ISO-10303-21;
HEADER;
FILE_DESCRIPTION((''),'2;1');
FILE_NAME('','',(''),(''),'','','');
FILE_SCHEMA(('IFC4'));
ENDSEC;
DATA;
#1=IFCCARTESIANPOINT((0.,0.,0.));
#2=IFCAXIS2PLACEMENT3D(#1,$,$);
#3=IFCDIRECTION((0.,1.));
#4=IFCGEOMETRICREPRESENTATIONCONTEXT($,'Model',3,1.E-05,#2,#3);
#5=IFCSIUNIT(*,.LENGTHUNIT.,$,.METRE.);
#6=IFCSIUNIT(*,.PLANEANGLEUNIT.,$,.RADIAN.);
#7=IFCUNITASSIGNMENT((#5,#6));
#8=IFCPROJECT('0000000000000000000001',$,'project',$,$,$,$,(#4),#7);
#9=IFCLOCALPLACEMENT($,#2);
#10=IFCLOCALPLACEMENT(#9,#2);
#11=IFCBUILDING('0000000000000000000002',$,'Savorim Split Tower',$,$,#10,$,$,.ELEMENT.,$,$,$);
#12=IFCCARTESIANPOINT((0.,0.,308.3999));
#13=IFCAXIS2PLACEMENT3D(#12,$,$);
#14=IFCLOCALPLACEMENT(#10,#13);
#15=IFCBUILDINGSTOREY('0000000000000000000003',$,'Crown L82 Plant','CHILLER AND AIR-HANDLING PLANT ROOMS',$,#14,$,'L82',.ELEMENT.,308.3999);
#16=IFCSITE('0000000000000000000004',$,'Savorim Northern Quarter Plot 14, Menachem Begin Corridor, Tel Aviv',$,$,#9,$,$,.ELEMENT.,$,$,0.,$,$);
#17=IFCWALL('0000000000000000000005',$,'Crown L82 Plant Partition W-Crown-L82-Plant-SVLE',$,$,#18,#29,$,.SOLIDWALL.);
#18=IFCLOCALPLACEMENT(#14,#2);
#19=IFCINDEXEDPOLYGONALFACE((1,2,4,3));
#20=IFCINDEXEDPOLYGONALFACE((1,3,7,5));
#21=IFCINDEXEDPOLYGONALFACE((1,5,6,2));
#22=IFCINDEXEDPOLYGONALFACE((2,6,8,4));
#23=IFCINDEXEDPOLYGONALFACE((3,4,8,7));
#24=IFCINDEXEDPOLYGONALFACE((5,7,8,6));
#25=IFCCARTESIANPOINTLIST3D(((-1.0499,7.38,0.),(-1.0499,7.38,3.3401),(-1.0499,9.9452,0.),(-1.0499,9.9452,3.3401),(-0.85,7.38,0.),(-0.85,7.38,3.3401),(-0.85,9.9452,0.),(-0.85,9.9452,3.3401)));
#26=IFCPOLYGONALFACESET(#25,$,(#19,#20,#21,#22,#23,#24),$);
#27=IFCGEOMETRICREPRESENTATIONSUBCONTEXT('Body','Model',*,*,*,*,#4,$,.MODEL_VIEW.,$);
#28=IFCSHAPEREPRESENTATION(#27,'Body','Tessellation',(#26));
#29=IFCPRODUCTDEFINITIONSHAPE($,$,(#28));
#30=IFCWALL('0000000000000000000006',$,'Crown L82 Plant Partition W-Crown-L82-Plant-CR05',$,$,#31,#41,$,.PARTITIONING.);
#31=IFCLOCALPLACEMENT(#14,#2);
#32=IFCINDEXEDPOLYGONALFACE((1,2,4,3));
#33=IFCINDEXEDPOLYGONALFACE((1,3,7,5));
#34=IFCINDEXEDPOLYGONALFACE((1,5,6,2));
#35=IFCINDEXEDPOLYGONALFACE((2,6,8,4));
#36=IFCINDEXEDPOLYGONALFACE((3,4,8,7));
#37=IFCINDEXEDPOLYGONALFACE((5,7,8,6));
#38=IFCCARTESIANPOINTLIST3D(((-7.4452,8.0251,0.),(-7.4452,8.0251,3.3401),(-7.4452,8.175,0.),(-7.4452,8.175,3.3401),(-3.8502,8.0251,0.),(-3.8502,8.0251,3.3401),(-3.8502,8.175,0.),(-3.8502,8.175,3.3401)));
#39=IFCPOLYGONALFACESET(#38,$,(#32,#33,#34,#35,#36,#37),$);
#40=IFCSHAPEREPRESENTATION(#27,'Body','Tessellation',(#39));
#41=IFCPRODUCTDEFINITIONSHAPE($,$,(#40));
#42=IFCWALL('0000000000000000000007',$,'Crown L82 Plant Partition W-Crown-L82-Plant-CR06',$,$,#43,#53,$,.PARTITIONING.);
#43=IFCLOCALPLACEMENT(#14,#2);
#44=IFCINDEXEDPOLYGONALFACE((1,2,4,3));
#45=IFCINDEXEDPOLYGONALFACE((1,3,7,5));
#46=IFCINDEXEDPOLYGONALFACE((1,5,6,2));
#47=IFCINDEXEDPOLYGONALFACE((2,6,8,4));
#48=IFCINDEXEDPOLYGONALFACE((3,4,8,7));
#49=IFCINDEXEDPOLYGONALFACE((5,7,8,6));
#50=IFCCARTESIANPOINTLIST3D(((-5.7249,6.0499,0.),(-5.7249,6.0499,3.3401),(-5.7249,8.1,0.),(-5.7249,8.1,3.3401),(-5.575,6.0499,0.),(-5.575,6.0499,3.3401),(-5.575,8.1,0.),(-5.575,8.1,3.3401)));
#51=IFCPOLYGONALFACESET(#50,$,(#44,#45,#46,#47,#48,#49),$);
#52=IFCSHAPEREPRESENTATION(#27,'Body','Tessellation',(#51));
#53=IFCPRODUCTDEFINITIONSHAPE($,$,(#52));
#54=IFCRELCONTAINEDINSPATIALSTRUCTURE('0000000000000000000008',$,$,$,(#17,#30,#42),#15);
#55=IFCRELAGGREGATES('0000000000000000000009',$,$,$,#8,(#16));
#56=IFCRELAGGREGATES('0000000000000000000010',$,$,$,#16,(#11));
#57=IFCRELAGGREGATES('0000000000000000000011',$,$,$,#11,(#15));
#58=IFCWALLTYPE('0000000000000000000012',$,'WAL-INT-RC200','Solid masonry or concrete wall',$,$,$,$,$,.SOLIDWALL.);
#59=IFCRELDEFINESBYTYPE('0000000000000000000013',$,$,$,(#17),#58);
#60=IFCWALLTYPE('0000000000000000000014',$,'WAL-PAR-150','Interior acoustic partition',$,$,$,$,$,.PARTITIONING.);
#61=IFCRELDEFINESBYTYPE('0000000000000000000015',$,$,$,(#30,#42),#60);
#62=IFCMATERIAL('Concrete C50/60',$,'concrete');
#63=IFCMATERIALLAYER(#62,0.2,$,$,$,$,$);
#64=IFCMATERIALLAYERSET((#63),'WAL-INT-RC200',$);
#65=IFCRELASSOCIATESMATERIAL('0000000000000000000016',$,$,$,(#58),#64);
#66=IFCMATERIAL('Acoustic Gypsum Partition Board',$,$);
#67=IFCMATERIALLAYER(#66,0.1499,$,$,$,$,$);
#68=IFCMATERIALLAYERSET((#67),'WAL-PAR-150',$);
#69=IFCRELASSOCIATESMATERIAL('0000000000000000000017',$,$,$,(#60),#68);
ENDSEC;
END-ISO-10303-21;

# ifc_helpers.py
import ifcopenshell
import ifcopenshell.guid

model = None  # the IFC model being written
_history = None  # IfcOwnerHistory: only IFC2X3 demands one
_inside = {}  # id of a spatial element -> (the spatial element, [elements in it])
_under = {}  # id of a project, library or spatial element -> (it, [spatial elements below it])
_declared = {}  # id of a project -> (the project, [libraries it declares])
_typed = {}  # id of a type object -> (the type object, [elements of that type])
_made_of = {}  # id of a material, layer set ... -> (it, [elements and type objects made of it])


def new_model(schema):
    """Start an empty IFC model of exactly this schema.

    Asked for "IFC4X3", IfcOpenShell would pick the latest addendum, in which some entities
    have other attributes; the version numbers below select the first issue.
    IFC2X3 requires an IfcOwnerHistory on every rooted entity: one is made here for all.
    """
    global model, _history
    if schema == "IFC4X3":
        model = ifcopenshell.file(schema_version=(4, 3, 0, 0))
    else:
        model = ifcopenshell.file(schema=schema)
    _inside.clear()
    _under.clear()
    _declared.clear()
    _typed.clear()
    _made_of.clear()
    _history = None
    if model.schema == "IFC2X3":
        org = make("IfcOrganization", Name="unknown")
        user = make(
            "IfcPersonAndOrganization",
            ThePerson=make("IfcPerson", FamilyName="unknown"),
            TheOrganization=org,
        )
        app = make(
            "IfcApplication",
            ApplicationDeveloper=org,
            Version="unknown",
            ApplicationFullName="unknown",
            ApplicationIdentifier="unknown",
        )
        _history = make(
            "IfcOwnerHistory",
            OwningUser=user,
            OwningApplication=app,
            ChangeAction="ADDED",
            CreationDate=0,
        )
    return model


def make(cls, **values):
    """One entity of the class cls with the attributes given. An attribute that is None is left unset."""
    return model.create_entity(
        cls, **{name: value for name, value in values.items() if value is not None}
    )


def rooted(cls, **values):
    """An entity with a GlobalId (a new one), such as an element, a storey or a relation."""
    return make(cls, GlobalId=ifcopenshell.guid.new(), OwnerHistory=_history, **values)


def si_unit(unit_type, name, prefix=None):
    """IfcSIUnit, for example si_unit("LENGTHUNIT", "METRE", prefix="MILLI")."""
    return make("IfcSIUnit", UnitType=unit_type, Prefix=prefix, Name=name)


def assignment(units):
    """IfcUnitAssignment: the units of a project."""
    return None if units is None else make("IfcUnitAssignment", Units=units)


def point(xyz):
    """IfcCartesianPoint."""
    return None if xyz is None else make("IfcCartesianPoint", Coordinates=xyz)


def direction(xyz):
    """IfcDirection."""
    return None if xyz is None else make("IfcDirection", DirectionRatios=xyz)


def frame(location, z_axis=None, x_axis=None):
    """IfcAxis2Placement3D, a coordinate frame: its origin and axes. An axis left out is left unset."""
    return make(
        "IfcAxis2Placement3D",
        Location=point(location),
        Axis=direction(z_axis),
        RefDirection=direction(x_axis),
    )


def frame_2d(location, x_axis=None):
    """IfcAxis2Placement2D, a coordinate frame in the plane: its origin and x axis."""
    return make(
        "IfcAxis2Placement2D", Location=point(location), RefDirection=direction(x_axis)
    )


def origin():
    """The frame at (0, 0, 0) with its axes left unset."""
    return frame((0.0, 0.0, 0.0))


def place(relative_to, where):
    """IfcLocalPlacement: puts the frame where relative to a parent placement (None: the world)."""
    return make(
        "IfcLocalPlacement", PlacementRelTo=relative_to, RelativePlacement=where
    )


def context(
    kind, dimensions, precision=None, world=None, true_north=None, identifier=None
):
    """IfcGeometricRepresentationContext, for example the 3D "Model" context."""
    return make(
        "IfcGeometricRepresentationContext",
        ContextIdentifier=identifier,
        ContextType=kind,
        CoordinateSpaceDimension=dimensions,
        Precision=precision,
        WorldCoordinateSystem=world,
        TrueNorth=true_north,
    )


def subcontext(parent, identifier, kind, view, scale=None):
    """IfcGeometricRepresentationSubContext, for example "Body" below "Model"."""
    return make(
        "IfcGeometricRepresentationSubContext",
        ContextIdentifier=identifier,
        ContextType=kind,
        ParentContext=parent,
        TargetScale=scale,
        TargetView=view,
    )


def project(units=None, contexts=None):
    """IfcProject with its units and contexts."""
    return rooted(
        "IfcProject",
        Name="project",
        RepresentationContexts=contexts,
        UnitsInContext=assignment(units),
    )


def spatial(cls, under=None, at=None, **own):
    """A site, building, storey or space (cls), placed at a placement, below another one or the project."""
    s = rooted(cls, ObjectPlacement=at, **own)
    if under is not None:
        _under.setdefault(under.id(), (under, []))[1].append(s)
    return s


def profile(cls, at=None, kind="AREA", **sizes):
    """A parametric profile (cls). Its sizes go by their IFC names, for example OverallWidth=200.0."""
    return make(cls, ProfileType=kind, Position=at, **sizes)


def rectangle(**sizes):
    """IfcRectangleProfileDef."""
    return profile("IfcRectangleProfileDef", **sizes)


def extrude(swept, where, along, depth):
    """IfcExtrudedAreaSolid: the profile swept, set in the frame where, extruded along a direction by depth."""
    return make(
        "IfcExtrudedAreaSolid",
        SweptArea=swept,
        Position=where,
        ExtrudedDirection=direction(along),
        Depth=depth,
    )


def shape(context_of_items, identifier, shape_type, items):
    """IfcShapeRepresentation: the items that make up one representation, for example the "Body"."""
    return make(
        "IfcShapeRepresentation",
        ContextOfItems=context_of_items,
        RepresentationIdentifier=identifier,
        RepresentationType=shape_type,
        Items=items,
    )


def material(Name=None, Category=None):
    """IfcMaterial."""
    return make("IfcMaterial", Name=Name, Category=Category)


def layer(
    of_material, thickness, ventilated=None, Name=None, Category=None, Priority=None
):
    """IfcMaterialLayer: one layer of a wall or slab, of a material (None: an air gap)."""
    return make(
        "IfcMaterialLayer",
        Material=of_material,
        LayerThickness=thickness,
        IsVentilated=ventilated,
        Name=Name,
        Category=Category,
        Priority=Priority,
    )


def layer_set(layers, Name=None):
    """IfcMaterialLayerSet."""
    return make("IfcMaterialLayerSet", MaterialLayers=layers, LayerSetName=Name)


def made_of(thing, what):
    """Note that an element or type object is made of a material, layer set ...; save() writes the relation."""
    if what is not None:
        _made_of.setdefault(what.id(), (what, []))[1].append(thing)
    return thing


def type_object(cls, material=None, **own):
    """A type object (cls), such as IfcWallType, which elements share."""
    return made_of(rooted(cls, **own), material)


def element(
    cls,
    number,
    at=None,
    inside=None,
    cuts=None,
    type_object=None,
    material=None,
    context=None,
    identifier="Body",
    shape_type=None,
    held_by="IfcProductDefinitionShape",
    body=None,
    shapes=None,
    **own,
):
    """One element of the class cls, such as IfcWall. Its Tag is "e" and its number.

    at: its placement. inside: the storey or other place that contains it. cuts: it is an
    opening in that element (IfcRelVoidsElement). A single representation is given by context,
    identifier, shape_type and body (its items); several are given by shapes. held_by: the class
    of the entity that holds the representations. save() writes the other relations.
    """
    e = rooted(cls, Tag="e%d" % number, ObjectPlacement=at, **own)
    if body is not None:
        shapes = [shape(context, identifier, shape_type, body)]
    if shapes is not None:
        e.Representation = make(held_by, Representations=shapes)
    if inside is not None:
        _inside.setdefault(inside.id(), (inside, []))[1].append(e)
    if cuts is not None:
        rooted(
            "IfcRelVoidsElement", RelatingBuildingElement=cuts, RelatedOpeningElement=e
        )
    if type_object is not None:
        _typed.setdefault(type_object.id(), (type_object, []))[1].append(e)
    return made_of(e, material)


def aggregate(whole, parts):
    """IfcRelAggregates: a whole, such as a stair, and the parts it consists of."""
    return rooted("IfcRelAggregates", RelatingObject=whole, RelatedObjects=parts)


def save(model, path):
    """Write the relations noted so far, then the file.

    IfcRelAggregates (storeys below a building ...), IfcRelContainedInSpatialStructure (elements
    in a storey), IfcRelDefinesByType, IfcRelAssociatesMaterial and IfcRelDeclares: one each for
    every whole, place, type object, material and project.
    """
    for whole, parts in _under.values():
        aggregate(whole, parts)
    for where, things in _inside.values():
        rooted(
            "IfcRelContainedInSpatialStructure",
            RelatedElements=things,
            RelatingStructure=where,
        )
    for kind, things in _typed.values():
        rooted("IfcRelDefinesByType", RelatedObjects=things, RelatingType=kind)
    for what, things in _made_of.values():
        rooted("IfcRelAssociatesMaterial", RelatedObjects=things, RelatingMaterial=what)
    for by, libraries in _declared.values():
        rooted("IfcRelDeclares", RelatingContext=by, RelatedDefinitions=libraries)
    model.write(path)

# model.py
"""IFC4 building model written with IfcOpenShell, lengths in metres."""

from ifc_helpers import new_model, si_unit, direction, frame, frame_2d, origin, place, context, subcontext, project, spatial, rectangle, extrude, material, layer, layer_set, type_object, element, save


model = new_model("IFC4")

# Units and contexts
model_context = context("Model", 3, precision=1e-05, world=origin(), true_north=direction((0.0, 1.0)))
body_context = subcontext(model_context, "Body", "Model", "MODEL_VIEW")
ifc_project = project(units=[si_unit("LENGTHUNIT", "METRE"), si_unit("PLANEANGLEUNIT", "RADIAN")], contexts=[model_context])

# Site, building, storey
site_placement = place(None, origin())
site = spatial("IfcSite", under=ifc_project, at=site_placement, Name="Savorim Northern Quarter Plot 14, Menachem Begin Corridor, Tel Aviv", CompositionType="ELEMENT", RefElevation=0.0)
building_placement = place(site_placement, origin())
building = spatial("IfcBuilding", under=site, at=building_placement, Name="Savorim Split Tower", CompositionType="ELEMENT")
storey_placement = place(building_placement, frame((0.0, 0.0, 308.3999)))
storey = spatial("IfcBuildingStorey", under=building, at=storey_placement, Name="Crown L82 Plant", Description="CHILLER AND AIR-HANDLING PLANT ROOMS", LongName="L82", CompositionType="ELEMENT", Elevation=308.3999)

# Shared definitions
ifc_material_1 = material(Name="Concrete C50/60", Category="concrete")
ifc_layer_1 = layer(ifc_material_1, 0.2)
ifc_layer_set_1 = layer_set([ifc_layer_1], Name="WAL-INT-RC200")
wall_type_1 = type_object("IfcWallType", Name="WAL-INT-RC200", Description="Solid masonry or concrete wall", PredefinedType="SOLIDWALL", material=ifc_layer_set_1)

# Wall
wall_1_placement = place(storey_placement, frame((-0.95, 7.3799, 0.0), z_axis=(0.0, 0.0, 1.0), x_axis=(0.0, 1.0, 0.0)))
element("IfcWall", 1, at=wall_1_placement, inside=storey, type_object=wall_type_1, Name="Crown L82 Plant Partition W-Crown-L82-Plant-SVLE", PredefinedType="SOLIDWALL", context=body_context, shape_type="SweptSolid", body=[
    extrude(rectangle(XDim=2.5652, YDim=0.2, at=frame_2d((1.2827, 0.0))), origin(), (0.0, 0.0, 1.0), 3.3401),
])

# Walls
ifc_material_2 = material(Name="Acoustic Gypsum Partition Board")
ifc_layer_2 = layer(ifc_material_2, 0.1499)
ifc_layer_set_2 = layer_set([ifc_layer_2], Name="WAL-PAR-150")
wall_type_2 = type_object("IfcWallType", Name="WAL-PAR-150", Description="Interior acoustic partition", PredefinedType="PARTITIONING", material=ifc_layer_set_2)
wall_2_placement = place(storey_placement, frame((-7.4451, 8.1001, 0.0), z_axis=(0.0, 0.0, 1.0), x_axis=(1.0, 0.0, 0.0)))
element("IfcWall", 2, at=wall_2_placement, inside=storey, type_object=wall_type_2, Name="Crown L82 Plant Partition W-Crown-L82-Plant-CR05", PredefinedType="PARTITIONING", context=body_context, shape_type="SweptSolid", body=[
    extrude(rectangle(XDim=3.595, YDim=0.1499, at=frame_2d((1.7974, 0.0))), origin(), (0.0, 0.0, 1.0), 3.3401),
])
wall_3_placement = place(storey_placement, frame((-5.6499, 6.05, 0.0), z_axis=(0.0, 0.0, 1.0), x_axis=(0.0, 1.0, 0.0)))
element("IfcWall", 3, at=wall_3_placement, inside=storey, type_object=wall_type_2, Name="Crown L82 Plant Partition W-Crown-L82-Plant-CR06", PredefinedType="PARTITIONING", context=body_context, shape_type="SweptSolid", body=[
    extrude(rectangle(XDim=2.05, YDim=0.1499, at=frame_2d((1.0249, 0.0))), origin(), (0.0, 0.0, 1.0), 3.3401),
])

save(model, "model.ifc")
